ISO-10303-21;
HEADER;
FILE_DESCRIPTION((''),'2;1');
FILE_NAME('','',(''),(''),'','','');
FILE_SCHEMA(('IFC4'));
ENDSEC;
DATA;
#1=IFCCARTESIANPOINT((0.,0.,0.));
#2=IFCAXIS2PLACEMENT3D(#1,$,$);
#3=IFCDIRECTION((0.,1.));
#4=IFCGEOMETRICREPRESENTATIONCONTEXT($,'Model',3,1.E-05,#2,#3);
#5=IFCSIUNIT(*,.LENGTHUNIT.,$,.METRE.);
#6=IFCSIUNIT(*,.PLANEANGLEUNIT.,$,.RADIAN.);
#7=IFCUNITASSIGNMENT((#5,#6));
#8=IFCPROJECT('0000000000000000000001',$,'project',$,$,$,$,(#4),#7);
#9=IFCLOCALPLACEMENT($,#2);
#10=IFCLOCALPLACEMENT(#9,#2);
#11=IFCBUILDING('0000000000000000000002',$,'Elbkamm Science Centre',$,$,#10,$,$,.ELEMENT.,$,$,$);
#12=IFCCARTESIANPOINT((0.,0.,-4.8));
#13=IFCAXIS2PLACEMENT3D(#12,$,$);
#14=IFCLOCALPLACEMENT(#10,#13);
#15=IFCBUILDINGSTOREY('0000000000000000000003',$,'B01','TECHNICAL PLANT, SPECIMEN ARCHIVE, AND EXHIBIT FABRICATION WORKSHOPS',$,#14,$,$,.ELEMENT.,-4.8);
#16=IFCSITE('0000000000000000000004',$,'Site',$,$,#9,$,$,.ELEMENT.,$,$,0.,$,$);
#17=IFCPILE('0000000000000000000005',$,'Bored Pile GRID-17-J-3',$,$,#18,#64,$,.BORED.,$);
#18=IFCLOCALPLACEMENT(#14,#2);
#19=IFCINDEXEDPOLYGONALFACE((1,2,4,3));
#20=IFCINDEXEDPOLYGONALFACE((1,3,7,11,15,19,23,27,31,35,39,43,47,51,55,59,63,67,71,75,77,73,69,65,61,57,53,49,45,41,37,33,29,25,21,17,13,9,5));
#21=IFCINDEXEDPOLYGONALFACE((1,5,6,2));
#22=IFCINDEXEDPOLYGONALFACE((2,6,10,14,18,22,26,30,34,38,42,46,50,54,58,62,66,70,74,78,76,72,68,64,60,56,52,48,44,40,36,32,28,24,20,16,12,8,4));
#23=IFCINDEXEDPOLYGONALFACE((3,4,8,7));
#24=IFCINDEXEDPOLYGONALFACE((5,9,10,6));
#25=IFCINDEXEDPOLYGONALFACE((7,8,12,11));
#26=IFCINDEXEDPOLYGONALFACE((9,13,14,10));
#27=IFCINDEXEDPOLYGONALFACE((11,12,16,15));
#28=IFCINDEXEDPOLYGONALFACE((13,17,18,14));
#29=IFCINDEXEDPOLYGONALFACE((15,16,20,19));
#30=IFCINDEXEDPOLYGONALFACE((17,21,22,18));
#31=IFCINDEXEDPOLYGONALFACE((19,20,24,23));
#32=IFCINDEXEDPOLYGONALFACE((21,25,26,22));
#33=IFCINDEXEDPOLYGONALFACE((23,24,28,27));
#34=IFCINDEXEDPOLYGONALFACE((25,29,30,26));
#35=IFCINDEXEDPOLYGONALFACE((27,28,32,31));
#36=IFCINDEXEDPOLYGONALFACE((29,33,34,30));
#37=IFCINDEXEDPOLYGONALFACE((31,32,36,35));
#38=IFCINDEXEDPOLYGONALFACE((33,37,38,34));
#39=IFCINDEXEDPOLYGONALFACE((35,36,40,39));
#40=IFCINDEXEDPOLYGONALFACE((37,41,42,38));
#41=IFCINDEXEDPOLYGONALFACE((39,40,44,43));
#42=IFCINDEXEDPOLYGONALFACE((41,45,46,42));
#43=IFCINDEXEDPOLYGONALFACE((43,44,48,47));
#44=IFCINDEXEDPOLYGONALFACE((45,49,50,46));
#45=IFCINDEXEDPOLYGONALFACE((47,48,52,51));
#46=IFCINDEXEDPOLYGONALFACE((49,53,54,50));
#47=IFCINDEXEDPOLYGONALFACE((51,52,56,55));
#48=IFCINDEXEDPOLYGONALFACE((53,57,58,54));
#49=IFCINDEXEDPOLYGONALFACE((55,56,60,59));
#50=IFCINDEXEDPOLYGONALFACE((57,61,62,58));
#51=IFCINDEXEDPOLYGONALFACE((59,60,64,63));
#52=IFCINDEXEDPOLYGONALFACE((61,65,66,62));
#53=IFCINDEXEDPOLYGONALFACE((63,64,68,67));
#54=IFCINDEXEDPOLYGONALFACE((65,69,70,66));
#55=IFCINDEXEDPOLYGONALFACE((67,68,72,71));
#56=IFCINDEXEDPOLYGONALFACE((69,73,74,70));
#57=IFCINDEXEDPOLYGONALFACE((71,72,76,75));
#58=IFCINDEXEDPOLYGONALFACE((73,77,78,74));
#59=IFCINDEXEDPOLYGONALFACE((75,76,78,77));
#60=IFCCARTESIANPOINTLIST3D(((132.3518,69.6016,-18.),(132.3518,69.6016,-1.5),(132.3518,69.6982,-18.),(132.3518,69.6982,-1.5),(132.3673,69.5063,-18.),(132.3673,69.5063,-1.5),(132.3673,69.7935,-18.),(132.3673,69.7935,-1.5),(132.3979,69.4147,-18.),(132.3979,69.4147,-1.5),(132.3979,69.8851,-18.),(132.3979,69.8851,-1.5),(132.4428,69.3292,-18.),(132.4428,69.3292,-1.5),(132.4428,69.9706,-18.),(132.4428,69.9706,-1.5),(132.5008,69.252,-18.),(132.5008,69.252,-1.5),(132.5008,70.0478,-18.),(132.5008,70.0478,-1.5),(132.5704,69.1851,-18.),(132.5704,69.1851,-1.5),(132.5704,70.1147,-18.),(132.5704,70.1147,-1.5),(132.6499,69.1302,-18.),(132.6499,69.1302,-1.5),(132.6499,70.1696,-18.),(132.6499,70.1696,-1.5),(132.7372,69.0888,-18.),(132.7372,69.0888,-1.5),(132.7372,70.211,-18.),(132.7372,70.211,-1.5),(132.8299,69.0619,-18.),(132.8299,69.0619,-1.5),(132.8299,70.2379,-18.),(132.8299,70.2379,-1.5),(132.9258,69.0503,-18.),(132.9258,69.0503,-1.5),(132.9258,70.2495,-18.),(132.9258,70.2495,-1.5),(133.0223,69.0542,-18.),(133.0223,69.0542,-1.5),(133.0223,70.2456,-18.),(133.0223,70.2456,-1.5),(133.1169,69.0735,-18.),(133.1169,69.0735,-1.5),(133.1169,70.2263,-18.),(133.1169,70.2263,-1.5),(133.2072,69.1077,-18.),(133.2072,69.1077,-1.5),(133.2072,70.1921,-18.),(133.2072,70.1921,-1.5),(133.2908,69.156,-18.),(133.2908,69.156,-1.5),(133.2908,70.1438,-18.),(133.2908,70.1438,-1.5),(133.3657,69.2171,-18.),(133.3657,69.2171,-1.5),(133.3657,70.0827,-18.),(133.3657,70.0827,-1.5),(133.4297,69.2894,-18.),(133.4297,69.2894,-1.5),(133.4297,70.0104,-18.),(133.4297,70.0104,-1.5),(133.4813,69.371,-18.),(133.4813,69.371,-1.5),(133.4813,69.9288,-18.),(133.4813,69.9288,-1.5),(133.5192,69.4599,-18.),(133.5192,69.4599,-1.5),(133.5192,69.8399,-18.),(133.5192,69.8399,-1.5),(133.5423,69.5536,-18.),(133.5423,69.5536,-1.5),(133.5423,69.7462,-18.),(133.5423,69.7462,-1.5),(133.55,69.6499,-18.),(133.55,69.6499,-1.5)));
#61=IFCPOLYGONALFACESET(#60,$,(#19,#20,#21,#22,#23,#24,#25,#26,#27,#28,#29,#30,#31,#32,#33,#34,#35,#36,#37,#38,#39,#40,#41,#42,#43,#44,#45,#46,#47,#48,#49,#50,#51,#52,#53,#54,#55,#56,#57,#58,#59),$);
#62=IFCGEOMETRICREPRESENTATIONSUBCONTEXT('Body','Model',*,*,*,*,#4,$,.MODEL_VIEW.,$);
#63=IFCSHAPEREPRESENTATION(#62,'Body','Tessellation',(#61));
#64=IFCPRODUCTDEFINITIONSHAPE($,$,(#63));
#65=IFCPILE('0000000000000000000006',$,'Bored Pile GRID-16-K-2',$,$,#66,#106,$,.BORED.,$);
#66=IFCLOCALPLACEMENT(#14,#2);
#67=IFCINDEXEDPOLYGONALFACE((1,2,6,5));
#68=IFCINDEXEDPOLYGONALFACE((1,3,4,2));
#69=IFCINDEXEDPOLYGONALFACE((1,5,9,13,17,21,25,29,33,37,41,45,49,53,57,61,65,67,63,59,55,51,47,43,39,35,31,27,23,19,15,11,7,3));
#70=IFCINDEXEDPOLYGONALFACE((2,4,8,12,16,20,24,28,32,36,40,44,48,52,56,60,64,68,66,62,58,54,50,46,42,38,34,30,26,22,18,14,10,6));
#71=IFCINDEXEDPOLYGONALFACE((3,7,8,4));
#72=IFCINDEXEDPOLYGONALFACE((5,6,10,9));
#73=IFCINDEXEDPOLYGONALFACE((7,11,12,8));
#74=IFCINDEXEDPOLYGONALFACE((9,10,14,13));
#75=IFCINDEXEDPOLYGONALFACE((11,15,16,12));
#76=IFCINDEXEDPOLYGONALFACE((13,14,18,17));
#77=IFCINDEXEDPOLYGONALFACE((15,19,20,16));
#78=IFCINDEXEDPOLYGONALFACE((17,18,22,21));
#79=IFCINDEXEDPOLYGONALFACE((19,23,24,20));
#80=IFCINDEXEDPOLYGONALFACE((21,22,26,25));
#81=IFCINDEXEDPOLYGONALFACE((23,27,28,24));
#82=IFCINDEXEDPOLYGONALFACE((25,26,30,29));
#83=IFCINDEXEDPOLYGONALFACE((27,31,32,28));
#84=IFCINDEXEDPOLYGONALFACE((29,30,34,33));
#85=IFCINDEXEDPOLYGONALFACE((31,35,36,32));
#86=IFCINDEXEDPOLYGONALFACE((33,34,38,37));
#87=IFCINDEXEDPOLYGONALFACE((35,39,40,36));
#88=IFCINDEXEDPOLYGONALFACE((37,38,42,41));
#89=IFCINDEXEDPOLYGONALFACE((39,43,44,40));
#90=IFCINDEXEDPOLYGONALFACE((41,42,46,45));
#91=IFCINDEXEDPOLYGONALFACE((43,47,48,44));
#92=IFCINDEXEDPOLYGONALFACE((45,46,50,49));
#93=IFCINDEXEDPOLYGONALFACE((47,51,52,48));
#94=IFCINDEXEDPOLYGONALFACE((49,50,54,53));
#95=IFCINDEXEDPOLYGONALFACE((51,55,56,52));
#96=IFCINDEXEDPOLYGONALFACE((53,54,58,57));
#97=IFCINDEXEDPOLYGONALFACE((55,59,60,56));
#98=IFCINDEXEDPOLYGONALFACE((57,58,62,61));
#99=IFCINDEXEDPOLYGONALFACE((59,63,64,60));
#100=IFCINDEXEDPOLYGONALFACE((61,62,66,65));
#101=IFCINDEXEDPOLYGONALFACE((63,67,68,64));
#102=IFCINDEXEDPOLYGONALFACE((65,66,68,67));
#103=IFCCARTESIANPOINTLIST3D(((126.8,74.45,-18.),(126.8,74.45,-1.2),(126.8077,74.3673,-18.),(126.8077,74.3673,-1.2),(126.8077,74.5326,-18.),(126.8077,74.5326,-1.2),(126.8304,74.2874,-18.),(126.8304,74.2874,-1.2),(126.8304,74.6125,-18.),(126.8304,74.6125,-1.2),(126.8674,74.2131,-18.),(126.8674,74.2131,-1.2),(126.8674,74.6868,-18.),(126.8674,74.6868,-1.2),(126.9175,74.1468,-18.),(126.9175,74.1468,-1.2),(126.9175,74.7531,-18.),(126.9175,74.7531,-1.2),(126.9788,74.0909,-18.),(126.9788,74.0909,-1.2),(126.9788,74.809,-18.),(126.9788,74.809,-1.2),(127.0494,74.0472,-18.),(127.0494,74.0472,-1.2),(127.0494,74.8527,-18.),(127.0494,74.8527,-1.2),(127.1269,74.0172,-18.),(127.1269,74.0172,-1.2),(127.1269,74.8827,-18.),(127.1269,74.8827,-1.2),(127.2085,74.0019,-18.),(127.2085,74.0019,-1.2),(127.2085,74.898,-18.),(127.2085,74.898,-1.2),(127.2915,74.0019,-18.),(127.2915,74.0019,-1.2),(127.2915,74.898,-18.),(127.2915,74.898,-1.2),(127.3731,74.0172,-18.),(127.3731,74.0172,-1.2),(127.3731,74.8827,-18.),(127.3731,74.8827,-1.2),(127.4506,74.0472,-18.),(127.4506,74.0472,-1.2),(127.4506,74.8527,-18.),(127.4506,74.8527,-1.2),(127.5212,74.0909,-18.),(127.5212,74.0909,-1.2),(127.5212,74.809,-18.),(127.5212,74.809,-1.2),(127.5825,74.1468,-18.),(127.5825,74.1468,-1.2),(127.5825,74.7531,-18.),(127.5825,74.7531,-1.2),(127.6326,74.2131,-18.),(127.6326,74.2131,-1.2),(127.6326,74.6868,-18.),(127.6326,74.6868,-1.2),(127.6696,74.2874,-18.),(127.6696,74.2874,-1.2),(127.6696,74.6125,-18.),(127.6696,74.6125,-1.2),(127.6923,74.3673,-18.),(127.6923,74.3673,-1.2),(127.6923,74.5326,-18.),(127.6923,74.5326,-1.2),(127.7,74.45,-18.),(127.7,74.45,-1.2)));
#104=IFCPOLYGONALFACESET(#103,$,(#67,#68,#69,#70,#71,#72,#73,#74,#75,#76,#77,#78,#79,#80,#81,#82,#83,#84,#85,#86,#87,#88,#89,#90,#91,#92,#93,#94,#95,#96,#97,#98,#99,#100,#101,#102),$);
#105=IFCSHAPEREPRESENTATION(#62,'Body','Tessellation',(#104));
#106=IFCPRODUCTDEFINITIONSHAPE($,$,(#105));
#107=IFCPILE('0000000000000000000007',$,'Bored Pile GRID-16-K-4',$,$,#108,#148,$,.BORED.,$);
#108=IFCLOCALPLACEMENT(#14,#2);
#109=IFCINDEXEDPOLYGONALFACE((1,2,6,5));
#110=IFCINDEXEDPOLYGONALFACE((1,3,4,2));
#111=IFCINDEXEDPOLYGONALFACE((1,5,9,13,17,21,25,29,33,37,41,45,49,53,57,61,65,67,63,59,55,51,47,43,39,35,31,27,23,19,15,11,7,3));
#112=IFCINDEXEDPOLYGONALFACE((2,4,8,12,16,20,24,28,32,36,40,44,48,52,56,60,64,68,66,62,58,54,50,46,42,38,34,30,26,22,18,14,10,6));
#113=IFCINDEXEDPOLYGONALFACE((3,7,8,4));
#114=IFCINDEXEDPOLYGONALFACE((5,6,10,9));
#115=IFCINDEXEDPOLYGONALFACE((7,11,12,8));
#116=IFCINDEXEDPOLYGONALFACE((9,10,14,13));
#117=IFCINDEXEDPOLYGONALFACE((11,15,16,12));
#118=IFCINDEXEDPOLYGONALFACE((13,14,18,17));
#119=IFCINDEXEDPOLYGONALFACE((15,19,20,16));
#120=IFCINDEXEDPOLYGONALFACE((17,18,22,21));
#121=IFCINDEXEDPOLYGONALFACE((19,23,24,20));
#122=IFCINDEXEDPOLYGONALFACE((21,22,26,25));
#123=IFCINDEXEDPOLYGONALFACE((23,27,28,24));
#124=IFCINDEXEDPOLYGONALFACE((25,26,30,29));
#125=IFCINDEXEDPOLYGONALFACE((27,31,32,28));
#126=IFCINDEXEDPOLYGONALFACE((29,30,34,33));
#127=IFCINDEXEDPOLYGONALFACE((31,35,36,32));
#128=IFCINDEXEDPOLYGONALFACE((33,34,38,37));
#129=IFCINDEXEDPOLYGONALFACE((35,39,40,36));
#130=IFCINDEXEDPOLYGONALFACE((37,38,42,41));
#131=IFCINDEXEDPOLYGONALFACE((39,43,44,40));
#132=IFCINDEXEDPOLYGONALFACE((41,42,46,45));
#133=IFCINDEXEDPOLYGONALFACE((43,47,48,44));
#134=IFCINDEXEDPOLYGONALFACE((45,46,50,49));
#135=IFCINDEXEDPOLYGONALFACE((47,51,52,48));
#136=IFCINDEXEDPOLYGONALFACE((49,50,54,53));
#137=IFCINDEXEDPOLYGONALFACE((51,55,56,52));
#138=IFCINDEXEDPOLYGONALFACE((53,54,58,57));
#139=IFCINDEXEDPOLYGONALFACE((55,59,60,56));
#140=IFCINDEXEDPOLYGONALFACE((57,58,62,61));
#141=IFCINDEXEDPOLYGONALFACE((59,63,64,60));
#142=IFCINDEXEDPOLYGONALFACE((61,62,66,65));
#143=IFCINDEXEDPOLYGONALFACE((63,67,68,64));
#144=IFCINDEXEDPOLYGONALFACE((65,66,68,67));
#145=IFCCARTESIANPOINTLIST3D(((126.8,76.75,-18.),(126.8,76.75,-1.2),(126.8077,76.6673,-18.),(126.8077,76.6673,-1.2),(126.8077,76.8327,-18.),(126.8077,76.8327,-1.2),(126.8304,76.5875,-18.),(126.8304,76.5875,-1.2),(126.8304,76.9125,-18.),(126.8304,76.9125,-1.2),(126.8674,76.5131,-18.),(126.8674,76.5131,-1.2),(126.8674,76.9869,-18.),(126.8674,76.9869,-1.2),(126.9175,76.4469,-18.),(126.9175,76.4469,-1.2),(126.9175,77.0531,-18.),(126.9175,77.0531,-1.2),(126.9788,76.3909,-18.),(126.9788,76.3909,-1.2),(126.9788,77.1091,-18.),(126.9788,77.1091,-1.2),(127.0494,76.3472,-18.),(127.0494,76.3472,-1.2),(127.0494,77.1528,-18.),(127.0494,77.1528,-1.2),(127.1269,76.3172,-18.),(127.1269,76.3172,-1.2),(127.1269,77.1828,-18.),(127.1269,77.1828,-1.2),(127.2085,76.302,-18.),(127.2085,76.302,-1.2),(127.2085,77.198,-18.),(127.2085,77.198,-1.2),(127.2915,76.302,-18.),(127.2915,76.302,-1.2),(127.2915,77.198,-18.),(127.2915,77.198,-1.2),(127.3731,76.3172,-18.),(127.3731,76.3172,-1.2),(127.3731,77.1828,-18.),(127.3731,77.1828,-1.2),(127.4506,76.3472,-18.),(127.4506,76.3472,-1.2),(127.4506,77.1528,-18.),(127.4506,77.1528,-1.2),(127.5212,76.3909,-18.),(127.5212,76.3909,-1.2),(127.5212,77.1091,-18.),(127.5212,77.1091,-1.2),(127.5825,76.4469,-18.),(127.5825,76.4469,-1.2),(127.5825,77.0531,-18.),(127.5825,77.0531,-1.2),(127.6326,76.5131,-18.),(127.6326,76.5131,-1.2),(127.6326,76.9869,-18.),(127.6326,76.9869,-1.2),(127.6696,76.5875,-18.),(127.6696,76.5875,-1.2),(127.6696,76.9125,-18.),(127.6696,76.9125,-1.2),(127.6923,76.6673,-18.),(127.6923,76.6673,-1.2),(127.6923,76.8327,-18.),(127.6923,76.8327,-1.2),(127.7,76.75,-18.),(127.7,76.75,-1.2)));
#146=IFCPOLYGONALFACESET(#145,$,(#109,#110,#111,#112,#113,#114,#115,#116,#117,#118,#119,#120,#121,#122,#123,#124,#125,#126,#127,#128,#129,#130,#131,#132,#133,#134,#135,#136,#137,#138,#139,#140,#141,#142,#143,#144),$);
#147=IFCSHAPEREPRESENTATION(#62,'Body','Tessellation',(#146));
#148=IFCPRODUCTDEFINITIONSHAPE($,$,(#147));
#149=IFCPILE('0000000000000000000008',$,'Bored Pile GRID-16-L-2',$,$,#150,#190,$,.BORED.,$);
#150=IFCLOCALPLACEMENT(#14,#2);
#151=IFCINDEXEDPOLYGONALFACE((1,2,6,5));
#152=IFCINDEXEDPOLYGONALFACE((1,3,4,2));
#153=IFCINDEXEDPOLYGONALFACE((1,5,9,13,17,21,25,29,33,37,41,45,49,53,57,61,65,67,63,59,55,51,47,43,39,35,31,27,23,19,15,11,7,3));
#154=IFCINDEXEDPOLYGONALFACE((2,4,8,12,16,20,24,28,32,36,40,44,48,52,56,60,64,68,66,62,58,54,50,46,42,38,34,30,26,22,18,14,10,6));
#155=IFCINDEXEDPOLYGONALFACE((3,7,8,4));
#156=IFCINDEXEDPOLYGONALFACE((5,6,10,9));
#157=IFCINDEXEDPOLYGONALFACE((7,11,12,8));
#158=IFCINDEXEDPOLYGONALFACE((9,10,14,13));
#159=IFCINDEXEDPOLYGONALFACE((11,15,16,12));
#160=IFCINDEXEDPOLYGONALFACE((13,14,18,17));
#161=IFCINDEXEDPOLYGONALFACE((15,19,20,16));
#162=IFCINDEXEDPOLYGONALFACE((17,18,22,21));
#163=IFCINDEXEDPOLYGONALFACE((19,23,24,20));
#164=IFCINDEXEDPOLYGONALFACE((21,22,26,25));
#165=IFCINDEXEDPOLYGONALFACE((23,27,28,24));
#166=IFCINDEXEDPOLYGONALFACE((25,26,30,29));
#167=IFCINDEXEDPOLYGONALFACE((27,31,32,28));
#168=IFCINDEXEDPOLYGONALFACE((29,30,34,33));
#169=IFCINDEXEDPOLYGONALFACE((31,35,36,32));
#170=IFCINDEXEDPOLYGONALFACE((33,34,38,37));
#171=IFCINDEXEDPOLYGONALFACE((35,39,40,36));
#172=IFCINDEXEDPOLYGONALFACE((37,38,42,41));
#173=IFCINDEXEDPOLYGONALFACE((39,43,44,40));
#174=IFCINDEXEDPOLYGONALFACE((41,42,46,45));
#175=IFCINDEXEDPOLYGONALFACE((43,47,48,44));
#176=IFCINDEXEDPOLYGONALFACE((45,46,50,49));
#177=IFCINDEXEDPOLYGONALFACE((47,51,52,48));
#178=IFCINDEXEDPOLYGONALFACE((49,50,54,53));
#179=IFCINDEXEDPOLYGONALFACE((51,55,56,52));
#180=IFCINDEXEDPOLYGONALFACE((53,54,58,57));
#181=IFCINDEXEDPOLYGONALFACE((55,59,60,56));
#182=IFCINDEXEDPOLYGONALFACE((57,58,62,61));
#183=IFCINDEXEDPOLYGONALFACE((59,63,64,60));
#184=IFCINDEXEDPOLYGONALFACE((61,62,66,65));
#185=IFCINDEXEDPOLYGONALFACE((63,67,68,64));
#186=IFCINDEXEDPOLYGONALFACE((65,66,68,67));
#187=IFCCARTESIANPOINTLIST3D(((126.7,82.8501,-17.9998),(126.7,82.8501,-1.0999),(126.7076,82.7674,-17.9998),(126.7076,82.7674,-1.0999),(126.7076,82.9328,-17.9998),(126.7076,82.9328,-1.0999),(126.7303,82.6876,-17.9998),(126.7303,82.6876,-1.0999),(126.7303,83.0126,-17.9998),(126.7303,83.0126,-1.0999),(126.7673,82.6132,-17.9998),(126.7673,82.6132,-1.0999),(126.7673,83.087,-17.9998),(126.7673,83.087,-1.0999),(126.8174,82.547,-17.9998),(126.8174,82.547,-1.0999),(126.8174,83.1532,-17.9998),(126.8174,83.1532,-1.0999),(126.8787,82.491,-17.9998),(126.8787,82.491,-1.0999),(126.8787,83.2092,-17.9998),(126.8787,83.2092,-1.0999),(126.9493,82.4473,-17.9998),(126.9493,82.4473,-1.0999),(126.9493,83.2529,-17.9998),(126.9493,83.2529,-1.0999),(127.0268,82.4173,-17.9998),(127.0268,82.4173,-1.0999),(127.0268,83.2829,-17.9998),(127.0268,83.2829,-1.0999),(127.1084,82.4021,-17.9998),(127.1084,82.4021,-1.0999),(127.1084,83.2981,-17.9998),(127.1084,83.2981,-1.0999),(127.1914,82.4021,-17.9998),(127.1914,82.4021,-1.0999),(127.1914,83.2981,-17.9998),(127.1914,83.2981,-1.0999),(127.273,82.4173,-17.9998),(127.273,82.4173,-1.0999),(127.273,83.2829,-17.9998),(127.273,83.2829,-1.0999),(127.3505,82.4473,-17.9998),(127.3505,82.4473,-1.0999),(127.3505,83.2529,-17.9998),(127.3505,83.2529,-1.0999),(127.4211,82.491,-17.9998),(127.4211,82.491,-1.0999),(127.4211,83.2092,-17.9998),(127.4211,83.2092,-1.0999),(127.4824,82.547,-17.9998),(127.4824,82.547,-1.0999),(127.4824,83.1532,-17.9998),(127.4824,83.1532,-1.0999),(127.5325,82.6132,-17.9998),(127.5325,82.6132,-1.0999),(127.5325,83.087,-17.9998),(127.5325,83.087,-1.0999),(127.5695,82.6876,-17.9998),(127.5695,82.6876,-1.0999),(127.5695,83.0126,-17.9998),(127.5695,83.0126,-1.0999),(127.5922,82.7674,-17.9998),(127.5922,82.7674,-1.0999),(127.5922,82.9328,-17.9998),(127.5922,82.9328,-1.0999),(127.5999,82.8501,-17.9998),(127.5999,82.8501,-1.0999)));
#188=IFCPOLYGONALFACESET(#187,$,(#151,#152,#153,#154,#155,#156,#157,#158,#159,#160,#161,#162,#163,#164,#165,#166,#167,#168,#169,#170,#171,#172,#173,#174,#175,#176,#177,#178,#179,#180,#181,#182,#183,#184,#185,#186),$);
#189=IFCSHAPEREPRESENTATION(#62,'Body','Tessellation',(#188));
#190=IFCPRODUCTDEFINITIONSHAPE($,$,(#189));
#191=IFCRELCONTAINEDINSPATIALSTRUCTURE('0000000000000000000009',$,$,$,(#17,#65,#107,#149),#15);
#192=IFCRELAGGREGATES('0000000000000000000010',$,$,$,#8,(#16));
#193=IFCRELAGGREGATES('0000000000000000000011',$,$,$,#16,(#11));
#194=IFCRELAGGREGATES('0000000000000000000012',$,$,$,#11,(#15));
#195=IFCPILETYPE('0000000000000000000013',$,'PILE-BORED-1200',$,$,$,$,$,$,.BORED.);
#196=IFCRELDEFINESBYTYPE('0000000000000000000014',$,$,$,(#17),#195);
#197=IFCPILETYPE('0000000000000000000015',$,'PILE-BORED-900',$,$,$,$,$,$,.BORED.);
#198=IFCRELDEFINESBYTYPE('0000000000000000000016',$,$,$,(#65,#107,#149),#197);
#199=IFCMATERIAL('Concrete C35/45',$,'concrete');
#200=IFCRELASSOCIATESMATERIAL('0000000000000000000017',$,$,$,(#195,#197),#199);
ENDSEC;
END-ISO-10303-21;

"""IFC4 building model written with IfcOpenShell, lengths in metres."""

from ifc_helpers import new_model, si_unit, direction, frame, origin, origin_2d, place, context, subcontext, project, spatial, circle, extrude, material, material_profile, profile_set, type_object, element, save


model = new_model("IFC4")

# Units and contexts
model_context = context("Model", 3, precision=1e-05, world=origin(), true_north=direction((0.0, 1.0)))
body_context = subcontext(model_context, "Body", "Model", "MODEL_VIEW")
ifc_project = project(units=[si_unit("LENGTHUNIT", "METRE"), si_unit("PLANEANGLEUNIT", "RADIAN")], contexts=[model_context])

# Site, building, storey
site_placement = place(None, origin())
site = spatial("IfcSite", under=ifc_project, at=site_placement, Name="Site", CompositionType="ELEMENT", RefElevation=0.0)
building_placement = place(site_placement, origin())
building = spatial("IfcBuilding", under=site, at=building_placement, Name="Elbkamm Science Centre", CompositionType="ELEMENT")
storey_placement = place(building_placement, frame((0.0, 0.0, -4.8)))
storey = spatial("IfcBuildingStorey", under=building, at=storey_placement, Name="B01", Description="TECHNICAL PLANT, SPECIMEN ARCHIVE, AND EXHIBIT FABRICATION WORKSHOPS", CompositionType="ELEMENT", Elevation=-4.8)

# Shared definitions
ifc_material_1 = material(Name="Concrete C35/45", Category="concrete")

# Piles
ifc_material_profile_1 = material_profile(ifc_material_1, circle(Radius=0.6001, at=origin_2d()), Name="PILE D1200")
ifc_profile_set_1 = profile_set([ifc_material_profile_1], Name="Concrete C35/45")
pile_type_1 = type_object("IfcPileType", Name="PILE-BORED-1200", PredefinedType="BORED", material=ifc_profile_set_1)
for number, where, z_axis, x_axis, name in (
    (1, (132.95, 69.6499, -1.5), (0.0, 0.0, -1.0), (1.0, 0.0, 0.0), "Bored Pile GRID-17-J-3"),
):
    element("IfcPile", number, at=place(storey_placement, frame(where, z_axis=z_axis, x_axis=x_axis)), inside=storey, type_object=pile_type_1, Name=name, PredefinedType="BORED", context=body_context, shape_type="SweptSolid", body=[
        extrude(circle(Radius=0.6001, at=origin_2d()), origin(), (0.0, 0.0, 1.0), 16.5),
    ])
ifc_material_profile_2 = material_profile(ifc_material_1, circle(Radius=0.45, at=origin_2d()), Name="PILE D900")
ifc_profile_set_2 = profile_set([ifc_material_profile_2], Name="Concrete C35/45")
pile_type_2 = type_object("IfcPileType", Name="PILE-BORED-900", PredefinedType="BORED", material=ifc_profile_set_2)
for number, where, z_axis, x_axis, name in (
    (2, (127.25, 74.45, -1.2), (0.0, 0.0, -1.0), (1.0, 0.0, 0.0), "Bored Pile GRID-16-K-2"),
    (3, (127.25, 76.75, -1.2), (0.0, 0.0, -1.0), (1.0, 0.0, 0.0), "Bored Pile GRID-16-K-4"),
):
    element("IfcPile", number, at=place(storey_placement, frame(where, z_axis=z_axis, x_axis=x_axis)), inside=storey, type_object=pile_type_2, Name=name, PredefinedType="BORED", context=body_context, shape_type="SweptSolid", body=[
        extrude(circle(Radius=0.45, at=origin_2d()), origin(), (0.0, 0.0, 1.0), 16.8),
    ])
for number, where, z_axis, x_axis, name in (
    (4, (127.1499, 82.8501, -1.0999), (0.0, 0.0, -1.0), (1.0, 0.0, 0.0), "Bored Pile GRID-16-L-2"),
):
    element("IfcPile", number, at=place(storey_placement, frame(where, z_axis=z_axis, x_axis=x_axis)), inside=storey, type_object=pile_type_2, Name=name, PredefinedType="BORED", context=body_context, shape_type="SweptSolid", body=[
        extrude(circle(Radius=0.45, at=origin_2d()), origin(), (0.0, 0.0, 1.0), 16.8999),
    ])

save(model, "model.ifc")
